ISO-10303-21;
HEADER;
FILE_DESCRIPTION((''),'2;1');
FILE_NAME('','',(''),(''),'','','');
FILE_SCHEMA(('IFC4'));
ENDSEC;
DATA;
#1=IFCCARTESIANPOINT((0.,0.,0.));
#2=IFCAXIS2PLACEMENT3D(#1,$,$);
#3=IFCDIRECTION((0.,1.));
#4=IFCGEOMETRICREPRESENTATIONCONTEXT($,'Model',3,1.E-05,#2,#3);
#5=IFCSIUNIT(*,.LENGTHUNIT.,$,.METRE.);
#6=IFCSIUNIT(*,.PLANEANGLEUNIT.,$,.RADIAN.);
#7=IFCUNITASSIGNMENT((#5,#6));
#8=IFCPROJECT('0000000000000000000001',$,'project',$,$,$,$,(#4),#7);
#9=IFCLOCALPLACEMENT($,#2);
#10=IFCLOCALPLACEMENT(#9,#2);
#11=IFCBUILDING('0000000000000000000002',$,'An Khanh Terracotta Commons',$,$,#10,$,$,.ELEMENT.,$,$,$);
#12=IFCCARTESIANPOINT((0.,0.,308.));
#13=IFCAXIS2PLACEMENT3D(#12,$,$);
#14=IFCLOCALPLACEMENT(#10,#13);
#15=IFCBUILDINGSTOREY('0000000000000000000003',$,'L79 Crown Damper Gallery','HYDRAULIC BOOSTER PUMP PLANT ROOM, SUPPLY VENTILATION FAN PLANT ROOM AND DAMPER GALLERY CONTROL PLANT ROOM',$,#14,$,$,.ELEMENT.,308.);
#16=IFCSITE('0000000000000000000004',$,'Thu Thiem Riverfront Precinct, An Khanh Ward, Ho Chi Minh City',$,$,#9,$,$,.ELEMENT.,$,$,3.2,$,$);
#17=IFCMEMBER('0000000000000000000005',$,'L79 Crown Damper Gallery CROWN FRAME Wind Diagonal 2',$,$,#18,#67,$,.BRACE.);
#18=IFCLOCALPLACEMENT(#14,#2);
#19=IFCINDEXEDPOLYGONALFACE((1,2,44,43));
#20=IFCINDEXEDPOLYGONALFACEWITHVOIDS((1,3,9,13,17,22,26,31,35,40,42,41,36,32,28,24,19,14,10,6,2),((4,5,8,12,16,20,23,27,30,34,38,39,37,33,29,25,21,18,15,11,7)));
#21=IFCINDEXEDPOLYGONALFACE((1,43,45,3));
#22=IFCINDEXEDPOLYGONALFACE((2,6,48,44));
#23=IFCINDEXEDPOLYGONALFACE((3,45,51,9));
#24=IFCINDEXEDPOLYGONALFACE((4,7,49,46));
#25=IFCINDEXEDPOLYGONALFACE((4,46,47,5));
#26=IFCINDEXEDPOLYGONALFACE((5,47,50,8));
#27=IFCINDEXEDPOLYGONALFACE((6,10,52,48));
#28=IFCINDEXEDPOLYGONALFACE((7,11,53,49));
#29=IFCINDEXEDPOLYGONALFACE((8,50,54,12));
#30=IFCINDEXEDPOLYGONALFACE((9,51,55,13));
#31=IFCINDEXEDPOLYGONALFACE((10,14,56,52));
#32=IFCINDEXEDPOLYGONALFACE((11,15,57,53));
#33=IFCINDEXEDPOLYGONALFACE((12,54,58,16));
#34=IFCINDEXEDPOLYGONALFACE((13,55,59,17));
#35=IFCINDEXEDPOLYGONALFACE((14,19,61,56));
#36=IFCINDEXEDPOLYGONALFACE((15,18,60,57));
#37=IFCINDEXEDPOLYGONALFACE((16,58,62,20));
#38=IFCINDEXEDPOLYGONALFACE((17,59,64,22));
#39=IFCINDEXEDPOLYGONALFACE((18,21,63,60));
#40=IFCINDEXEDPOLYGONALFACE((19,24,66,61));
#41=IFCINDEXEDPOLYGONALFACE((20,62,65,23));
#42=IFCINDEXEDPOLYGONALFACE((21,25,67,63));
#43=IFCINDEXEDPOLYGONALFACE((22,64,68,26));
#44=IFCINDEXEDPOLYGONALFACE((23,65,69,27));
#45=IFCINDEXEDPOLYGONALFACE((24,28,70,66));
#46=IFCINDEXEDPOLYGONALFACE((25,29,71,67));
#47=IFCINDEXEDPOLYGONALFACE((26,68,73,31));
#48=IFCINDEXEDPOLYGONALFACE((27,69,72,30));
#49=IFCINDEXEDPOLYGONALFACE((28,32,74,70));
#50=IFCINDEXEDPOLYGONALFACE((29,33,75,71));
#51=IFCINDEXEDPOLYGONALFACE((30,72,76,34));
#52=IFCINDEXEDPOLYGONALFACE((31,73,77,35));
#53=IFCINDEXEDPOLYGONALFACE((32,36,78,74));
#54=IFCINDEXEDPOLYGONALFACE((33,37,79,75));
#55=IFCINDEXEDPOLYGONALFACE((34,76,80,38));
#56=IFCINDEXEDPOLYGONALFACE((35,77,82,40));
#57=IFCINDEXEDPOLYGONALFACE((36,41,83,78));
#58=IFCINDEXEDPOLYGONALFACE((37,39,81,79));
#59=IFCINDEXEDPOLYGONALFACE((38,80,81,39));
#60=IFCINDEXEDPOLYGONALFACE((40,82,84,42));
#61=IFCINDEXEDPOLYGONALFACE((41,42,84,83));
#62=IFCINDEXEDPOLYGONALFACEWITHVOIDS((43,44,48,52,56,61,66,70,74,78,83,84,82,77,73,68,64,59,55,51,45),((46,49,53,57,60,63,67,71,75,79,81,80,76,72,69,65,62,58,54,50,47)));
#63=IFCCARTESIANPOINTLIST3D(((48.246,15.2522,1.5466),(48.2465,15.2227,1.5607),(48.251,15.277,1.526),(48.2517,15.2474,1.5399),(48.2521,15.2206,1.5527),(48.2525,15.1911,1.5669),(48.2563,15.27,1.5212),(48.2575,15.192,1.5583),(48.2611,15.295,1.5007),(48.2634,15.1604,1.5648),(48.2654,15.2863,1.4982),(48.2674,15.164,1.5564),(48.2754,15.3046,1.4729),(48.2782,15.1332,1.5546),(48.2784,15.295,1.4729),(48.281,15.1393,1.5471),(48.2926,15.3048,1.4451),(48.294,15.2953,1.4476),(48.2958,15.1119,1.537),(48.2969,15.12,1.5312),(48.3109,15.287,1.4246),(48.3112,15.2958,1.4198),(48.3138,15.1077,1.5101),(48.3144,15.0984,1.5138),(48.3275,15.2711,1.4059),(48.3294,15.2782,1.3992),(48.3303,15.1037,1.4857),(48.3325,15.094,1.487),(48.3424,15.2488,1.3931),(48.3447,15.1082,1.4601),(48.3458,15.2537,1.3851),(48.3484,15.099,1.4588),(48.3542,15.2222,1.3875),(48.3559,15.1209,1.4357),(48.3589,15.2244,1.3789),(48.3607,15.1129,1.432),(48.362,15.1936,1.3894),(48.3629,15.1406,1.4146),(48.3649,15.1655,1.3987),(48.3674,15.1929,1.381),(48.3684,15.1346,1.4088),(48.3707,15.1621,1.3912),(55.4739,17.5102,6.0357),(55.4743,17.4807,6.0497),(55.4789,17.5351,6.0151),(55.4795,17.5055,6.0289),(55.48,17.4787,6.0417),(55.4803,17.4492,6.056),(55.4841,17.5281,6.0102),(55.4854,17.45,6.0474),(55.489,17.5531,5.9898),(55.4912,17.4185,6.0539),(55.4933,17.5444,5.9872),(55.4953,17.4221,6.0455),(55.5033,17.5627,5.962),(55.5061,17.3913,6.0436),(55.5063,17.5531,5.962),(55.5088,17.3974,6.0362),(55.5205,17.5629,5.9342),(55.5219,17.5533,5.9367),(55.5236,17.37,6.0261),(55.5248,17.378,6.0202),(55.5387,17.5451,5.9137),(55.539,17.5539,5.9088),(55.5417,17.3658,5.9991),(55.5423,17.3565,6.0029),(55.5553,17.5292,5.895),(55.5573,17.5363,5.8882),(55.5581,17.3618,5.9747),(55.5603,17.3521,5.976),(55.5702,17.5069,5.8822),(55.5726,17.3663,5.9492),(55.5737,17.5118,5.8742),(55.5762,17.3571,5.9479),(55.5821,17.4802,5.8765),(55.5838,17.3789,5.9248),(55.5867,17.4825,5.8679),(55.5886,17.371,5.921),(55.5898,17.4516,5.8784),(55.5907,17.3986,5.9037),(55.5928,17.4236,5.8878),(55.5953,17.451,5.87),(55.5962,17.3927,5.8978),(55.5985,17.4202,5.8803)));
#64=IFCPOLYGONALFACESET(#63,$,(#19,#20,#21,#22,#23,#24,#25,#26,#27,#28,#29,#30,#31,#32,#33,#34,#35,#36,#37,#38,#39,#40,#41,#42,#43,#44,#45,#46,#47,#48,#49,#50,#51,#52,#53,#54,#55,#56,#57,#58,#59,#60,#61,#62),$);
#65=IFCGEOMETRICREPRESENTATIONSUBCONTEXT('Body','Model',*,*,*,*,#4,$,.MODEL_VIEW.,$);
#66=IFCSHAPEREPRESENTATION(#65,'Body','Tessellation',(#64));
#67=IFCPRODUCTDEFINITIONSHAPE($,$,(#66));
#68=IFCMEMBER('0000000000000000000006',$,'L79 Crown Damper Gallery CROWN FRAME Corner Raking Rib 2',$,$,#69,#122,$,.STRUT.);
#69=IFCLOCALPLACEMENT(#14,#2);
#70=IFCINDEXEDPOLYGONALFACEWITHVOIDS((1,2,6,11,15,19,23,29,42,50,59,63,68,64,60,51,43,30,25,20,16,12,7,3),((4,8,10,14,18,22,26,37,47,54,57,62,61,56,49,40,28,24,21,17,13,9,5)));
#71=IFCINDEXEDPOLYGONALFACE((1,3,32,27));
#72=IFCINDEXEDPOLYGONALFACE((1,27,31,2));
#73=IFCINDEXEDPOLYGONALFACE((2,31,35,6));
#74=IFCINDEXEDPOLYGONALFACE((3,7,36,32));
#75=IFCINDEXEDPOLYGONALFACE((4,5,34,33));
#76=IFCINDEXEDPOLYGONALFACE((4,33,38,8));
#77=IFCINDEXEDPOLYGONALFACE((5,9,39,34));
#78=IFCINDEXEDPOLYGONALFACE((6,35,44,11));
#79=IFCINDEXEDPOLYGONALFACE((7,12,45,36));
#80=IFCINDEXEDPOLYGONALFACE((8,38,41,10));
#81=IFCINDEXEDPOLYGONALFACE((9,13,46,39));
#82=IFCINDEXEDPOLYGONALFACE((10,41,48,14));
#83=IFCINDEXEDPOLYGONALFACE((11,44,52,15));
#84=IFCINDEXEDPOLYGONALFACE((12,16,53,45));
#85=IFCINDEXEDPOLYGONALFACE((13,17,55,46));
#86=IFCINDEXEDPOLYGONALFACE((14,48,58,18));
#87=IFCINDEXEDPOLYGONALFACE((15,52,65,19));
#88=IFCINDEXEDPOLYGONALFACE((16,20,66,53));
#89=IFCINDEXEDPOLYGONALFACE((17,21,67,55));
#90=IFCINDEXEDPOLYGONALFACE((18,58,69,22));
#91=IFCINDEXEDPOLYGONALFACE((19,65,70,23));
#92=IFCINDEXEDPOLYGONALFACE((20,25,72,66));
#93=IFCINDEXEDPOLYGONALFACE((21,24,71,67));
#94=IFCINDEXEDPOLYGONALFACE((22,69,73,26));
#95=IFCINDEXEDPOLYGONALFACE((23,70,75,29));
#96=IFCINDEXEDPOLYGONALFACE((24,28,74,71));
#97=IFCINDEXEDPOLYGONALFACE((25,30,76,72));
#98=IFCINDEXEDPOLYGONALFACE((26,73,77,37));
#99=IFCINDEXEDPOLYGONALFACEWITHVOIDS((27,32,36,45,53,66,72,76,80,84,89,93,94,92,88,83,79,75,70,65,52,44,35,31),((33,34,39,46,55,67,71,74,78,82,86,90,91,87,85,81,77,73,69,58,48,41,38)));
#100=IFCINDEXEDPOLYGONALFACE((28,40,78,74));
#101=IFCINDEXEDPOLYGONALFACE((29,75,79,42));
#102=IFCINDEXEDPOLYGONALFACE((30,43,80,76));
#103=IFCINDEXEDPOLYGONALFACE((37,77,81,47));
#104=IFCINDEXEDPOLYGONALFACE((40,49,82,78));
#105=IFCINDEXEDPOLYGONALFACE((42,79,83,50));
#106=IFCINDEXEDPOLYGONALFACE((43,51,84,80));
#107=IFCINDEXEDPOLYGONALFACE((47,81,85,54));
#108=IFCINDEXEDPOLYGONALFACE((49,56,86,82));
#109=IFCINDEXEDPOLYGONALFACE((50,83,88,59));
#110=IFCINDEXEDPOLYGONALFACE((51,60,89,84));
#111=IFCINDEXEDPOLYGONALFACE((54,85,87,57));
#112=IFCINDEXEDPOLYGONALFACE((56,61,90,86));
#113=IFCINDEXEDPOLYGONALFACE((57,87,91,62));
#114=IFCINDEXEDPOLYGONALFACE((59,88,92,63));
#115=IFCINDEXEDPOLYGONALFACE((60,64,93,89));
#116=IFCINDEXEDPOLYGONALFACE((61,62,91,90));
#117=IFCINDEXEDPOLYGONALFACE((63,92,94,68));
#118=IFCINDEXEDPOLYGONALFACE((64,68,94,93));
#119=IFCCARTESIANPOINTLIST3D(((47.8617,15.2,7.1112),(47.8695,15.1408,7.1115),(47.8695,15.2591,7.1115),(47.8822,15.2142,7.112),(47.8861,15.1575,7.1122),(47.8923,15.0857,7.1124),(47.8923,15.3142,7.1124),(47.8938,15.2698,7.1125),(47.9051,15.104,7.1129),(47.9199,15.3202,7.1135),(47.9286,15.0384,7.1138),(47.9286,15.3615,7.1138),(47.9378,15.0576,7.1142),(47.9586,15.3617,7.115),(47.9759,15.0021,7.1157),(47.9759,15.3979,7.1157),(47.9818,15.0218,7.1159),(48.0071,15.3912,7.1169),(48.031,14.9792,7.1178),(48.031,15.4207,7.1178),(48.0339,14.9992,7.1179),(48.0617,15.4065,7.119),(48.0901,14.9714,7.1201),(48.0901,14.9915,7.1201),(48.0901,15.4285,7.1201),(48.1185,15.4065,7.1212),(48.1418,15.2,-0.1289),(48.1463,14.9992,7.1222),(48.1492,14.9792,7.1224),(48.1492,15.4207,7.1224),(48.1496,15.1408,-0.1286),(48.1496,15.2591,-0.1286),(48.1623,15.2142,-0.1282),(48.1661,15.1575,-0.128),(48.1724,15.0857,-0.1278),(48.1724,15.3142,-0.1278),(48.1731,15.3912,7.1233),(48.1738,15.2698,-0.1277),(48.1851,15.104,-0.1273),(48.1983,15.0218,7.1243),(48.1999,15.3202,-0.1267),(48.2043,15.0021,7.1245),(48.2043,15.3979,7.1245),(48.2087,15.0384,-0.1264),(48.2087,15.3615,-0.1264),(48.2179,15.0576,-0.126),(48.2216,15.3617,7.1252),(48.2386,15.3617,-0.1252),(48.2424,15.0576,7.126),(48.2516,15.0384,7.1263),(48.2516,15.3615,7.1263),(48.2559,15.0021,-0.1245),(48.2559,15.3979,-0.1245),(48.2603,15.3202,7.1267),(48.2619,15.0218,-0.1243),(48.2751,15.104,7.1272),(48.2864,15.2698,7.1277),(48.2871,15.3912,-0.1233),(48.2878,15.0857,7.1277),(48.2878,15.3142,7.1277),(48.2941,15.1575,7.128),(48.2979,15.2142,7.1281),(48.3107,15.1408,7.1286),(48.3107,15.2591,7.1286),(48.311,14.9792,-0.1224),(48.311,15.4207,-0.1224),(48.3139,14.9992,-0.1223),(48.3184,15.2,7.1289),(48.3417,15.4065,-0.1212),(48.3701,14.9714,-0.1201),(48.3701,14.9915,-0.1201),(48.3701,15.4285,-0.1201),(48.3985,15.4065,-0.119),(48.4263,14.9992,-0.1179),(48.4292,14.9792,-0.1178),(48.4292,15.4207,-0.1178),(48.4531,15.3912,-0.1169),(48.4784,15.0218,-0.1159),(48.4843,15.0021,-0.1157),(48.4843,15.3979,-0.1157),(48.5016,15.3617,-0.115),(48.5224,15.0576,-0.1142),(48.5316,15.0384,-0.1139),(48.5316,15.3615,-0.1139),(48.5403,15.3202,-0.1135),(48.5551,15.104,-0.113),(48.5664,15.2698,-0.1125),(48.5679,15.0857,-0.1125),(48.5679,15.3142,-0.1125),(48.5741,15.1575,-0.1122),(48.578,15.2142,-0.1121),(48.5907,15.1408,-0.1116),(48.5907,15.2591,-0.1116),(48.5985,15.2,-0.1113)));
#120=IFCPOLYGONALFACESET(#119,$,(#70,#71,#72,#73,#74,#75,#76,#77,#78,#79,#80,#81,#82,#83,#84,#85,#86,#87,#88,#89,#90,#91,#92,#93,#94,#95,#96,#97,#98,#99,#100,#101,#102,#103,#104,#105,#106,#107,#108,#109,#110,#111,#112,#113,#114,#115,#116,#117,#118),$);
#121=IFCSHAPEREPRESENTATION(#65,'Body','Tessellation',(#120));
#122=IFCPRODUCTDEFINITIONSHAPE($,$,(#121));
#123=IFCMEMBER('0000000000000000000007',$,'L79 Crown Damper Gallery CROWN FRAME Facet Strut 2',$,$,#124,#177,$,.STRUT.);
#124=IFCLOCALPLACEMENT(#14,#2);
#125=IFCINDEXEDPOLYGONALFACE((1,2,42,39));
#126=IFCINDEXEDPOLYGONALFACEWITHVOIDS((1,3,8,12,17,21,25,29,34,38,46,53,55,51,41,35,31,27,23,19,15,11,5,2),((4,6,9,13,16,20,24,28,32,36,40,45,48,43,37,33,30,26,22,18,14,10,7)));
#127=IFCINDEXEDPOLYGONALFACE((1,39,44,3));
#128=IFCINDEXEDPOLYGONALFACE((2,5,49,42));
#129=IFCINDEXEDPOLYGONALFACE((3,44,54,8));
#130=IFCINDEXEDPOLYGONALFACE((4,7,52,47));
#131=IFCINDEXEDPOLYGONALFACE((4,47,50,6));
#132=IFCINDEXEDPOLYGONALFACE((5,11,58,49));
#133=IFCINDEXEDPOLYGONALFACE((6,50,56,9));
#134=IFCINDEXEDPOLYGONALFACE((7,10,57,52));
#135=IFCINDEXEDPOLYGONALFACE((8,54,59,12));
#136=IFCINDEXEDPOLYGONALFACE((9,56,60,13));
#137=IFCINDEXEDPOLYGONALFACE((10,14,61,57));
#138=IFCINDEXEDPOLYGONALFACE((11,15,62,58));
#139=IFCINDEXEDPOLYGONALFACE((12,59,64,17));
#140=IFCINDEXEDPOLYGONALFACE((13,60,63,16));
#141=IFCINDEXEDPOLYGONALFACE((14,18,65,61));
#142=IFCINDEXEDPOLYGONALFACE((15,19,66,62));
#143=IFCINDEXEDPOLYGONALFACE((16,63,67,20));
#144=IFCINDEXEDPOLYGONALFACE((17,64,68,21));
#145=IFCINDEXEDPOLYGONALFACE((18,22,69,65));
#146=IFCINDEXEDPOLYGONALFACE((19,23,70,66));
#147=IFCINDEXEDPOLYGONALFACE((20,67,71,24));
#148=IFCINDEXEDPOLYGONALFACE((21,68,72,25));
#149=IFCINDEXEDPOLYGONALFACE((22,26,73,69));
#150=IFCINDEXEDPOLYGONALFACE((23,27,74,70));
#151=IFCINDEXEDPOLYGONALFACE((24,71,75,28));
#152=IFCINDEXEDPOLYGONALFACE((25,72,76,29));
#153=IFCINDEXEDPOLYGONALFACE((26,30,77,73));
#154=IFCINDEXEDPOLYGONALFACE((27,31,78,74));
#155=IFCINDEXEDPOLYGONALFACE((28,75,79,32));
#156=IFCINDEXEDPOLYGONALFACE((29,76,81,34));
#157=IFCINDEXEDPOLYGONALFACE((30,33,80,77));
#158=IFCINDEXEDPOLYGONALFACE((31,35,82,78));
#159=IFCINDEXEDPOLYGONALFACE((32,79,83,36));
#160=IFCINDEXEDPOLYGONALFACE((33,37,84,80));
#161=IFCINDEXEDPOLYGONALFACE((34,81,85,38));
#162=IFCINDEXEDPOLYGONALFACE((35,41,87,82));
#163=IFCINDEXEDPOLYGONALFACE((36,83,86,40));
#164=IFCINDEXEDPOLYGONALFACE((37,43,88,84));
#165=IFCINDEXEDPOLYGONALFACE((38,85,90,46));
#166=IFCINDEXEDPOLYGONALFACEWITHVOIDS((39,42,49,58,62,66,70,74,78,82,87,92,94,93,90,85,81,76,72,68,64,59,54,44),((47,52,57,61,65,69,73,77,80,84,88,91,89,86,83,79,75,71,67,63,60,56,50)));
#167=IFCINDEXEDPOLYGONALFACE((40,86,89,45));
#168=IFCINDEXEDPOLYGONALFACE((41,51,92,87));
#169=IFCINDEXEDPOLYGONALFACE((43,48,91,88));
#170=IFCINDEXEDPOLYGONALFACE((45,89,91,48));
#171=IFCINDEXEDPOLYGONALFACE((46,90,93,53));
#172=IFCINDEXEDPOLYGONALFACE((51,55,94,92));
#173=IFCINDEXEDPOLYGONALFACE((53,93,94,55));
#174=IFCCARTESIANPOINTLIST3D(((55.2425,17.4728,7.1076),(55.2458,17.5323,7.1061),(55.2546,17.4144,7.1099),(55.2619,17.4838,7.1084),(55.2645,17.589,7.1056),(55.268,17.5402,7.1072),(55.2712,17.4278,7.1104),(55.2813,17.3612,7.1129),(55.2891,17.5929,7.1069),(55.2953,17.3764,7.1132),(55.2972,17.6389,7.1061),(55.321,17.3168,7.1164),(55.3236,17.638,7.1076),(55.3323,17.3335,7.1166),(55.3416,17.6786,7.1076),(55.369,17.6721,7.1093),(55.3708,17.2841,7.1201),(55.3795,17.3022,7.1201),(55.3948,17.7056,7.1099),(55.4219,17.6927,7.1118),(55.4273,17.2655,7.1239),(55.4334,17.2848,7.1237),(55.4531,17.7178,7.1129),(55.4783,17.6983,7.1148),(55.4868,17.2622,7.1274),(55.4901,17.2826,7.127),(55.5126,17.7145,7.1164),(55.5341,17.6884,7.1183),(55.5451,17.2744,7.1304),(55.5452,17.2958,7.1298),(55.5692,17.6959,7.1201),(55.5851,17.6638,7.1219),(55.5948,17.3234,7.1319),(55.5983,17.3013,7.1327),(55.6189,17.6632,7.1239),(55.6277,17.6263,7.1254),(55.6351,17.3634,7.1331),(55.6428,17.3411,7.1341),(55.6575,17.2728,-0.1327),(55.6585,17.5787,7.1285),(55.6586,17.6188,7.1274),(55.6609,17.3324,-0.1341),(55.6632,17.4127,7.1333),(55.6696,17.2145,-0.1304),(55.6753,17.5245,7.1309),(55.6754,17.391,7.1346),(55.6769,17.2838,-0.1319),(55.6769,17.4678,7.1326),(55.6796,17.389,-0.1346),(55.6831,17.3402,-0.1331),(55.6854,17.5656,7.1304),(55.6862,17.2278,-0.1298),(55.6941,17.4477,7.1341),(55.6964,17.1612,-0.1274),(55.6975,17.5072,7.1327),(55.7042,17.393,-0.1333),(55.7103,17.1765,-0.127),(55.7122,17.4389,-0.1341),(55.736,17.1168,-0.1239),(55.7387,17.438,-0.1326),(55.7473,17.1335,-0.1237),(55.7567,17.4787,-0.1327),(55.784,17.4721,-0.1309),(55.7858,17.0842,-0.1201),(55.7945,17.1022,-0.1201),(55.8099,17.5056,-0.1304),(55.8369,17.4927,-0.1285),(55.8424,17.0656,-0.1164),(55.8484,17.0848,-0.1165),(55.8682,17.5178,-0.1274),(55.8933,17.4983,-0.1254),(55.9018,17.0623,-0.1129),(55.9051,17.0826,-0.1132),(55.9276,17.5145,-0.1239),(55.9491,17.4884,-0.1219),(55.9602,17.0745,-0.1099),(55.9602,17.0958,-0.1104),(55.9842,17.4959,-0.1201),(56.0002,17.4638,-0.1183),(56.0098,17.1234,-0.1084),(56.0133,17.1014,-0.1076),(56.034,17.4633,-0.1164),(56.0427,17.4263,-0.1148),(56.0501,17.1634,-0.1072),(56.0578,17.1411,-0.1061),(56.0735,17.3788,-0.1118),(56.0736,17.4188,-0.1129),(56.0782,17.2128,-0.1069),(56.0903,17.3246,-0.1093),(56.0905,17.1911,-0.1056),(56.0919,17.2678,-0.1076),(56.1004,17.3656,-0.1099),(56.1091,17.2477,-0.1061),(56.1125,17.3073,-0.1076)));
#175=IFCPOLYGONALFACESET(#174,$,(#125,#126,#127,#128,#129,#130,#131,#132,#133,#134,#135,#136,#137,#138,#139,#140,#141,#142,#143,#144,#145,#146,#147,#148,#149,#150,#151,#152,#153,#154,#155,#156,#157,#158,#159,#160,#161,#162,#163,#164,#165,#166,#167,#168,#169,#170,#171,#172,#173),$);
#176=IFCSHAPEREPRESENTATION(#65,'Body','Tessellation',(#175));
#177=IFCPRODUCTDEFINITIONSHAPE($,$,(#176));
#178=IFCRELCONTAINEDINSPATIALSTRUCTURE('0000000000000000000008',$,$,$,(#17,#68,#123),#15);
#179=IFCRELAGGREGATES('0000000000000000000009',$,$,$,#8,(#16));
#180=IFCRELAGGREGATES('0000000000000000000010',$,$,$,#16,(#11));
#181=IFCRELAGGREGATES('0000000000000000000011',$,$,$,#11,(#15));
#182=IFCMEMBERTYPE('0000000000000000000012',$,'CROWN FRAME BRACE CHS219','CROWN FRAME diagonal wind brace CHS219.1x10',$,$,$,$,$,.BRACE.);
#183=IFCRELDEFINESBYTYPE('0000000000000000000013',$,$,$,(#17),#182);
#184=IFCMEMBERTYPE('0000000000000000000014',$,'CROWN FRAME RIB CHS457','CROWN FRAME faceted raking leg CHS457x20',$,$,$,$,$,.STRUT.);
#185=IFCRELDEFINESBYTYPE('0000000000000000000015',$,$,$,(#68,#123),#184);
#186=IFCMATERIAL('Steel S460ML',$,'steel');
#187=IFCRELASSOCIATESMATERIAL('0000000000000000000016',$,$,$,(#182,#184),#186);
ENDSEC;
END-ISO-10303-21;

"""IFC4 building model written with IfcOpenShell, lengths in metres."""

from ifc_helpers import new_model, si_unit, direction, frame, origin, origin_2d, place, context, subcontext, project, spatial, hollow_circle, extrude, material, material_profile, profile_set, type_object, element, save


model = new_model("IFC4")

# Units and contexts
model_context = context("Model", 3, precision=1e-05, world=origin(), true_north=direction((0.0, 1.0)))
body_context = subcontext(model_context, "Body", "Model", "MODEL_VIEW")
ifc_project = project(units=[si_unit("LENGTHUNIT", "METRE"), si_unit("PLANEANGLEUNIT", "RADIAN")], contexts=[model_context])

# Site, building, storey
site_placement = place(None, origin())
site = spatial("IfcSite", under=ifc_project, at=site_placement, Name="Thu Thiem Riverfront Precinct, An Khanh Ward, Ho Chi Minh City", CompositionType="ELEMENT", RefElevation=3.2)
building_placement = place(site_placement, origin())
building = spatial("IfcBuilding", under=site, at=building_placement, Name="An Khanh Terracotta Commons", CompositionType="ELEMENT")
storey_placement = place(building_placement, frame((0.0, 0.0, 308.0)))
storey = spatial("IfcBuildingStorey", under=building, at=storey_placement, Name="L79 Crown Damper Gallery", Description="HYDRAULIC BOOSTER PUMP PLANT ROOM, SUPPLY VENTILATION FAN PLANT ROOM AND DAMPER GALLERY CONTROL PLANT ROOM", CompositionType="ELEMENT", Elevation=308.0)

# Members
ifc_material_1 = material(Name="Steel S460ML", Category="steel")
ifc_material_profile_1 = material_profile(ifc_material_1, hollow_circle(Radius=0.1096, WallThickness=0.01, at=origin_2d()), Name="CHS219.1x10")
ifc_profile_set_1 = profile_set([ifc_material_profile_1], Name="Steel S460ML")
member_type_1 = type_object("IfcMemberType", Name="CROWN FRAME BRACE CHS219", Description="CROWN FRAME diagonal wind brace CHS219.1x10", PredefinedType="BRACE", material=ifc_profile_set_1)
member_1_placement = place(storey_placement, frame((48.3081, 15.2, 1.4729), z_axis=(0.821069, 0.256513, 0.509948), x_axis=(-0.2982, 0.954503, 0.0)))
element("IfcMember", 1, at=member_1_placement, inside=storey, type_object=member_type_1, Name="L79 Crown Damper Gallery CROWN FRAME Wind Diagonal 2", PredefinedType="BRACE", context=body_context, shape_type="SweptSolid", body=[
    extrude(hollow_circle(Radius=0.1096, WallThickness=0.01, at=origin_2d()), origin(), (0.0, 0.0, 1.0), 8.803),
])
ifc_material_profile_2 = material_profile(ifc_material_1, hollow_circle(Radius=0.2285, WallThickness=0.02, at=origin_2d()), Name="CHS457x20")
ifc_profile_set_2 = profile_set([ifc_material_profile_2], Name="Steel S460ML")
member_type_2 = type_object("IfcMemberType", Name="CROWN FRAME RIB CHS457", Description="CROWN FRAME faceted raking leg CHS457x20", PredefinedType="STRUT", material=ifc_profile_set_2)
member_2_placement = place(storey_placement, frame((48.3701, 15.2, -0.1201), z_axis=(-0.038648, 0.0, 0.999253), x_axis=(0.0, -1.0, 0.0)))
element("IfcMember", 2, at=member_2_placement, inside=storey, type_object=member_type_2, Name="L79 Crown Damper Gallery CROWN FRAME Corner Raking Rib 2", PredefinedType="STRUT", context=body_context, shape_type="SweptSolid", body=[
    extrude(hollow_circle(Radius=0.2285, WallThickness=0.02, at=origin_2d()), origin(), (0.0, 0.0, 1.0), 7.2456),
])
member_3_placement = place(storey_placement, frame((55.885, 17.29, -0.1201), z_axis=(-0.057208, 0.027561, 0.997982), x_axis=(-0.434023, -0.900902, 0.0)))
element("IfcMember", 3, at=member_3_placement, inside=storey, type_object=member_type_2, Name="L79 Crown Damper Gallery CROWN FRAME Facet Strut 2", PredefinedType="STRUT", context=body_context, shape_type="SweptSolid", body=[
    extrude(hollow_circle(Radius=0.2285, WallThickness=0.02, at=origin_2d()), origin(), (0.0, 0.0, 1.0), 7.2549),
])

save(model, "model.ifc")
